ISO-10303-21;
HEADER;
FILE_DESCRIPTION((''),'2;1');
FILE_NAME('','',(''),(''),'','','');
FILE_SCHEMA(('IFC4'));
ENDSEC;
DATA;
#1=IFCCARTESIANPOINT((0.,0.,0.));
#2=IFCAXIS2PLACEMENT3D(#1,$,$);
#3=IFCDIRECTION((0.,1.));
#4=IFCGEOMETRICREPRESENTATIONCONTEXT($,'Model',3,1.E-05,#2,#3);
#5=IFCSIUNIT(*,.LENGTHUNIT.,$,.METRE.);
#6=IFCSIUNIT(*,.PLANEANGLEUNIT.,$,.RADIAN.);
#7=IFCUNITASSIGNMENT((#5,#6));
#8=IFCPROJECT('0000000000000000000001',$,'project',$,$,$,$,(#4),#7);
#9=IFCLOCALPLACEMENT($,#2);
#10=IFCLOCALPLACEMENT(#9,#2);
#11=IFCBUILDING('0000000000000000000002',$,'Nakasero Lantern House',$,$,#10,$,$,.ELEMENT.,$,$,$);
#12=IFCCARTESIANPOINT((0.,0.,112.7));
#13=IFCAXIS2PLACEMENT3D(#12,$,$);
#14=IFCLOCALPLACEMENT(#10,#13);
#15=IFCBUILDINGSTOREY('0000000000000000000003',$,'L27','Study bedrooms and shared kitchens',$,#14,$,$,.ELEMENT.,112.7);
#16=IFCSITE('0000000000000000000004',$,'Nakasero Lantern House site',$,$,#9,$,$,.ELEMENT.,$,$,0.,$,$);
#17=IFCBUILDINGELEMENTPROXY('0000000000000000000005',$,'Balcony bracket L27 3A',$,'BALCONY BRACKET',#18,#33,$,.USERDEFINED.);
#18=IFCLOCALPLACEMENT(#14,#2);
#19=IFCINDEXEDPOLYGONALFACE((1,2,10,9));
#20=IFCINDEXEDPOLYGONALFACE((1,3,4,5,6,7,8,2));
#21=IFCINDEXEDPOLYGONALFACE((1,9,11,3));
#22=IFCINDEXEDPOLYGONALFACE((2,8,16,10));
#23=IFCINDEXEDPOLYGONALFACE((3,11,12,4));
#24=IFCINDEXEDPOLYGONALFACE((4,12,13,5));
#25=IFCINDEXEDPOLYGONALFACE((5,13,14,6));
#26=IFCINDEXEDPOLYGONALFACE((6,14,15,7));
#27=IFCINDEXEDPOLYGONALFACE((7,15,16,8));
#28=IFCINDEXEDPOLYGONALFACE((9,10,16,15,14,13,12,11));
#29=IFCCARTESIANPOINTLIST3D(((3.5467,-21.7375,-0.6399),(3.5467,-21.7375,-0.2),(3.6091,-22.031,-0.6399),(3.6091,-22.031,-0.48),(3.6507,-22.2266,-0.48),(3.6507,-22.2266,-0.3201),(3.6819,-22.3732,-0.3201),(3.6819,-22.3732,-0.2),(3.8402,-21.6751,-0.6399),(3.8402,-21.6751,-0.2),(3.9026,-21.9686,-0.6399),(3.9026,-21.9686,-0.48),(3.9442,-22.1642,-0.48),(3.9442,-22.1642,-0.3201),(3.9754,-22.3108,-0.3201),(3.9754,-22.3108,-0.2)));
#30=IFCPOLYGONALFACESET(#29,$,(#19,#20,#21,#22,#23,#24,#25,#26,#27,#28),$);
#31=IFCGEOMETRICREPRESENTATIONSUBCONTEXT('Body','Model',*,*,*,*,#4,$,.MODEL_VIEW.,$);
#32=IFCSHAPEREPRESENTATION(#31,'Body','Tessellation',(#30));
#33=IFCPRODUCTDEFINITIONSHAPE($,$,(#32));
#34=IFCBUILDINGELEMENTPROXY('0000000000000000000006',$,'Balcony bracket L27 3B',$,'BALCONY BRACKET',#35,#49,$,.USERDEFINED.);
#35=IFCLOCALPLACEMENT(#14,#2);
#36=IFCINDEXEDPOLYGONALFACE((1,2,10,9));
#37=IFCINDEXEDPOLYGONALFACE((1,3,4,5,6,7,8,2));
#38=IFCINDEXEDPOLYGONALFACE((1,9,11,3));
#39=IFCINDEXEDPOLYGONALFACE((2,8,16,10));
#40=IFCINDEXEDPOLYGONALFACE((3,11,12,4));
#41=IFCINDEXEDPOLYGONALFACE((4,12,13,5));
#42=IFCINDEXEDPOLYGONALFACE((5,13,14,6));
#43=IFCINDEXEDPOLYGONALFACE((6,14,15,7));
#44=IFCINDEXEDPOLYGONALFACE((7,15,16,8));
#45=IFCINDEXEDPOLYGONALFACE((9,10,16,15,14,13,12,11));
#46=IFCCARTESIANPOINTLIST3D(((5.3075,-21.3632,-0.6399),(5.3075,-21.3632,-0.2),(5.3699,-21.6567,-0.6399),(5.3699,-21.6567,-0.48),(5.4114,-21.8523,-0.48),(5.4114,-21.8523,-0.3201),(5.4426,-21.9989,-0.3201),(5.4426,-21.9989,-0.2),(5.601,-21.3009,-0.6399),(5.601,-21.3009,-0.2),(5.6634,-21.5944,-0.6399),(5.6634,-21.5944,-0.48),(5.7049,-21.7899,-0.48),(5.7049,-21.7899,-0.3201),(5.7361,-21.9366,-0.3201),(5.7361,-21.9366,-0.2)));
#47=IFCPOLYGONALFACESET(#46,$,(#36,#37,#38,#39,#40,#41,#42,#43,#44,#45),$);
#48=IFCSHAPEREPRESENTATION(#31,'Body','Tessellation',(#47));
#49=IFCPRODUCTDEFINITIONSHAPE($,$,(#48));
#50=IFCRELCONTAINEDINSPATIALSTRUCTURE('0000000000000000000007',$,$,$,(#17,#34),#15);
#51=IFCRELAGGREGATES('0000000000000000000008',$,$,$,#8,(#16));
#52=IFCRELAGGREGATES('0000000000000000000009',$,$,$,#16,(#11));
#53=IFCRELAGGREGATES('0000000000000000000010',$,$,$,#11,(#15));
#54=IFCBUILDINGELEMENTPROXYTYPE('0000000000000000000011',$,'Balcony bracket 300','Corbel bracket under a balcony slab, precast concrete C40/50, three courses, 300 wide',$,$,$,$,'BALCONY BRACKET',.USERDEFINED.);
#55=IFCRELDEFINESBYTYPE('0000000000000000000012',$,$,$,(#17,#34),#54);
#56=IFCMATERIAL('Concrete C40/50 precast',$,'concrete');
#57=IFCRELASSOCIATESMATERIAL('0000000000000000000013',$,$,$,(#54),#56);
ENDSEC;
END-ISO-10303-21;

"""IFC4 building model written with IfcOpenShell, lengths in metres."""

from ifc_helpers import new_model, si_unit, direction, frame, origin, place, context, subcontext, project, spatial, polyline, outline, extrude, material, type_object, element, save


model = new_model("IFC4")

# Units and contexts
model_context = context("Model", 3, precision=1e-05, world=origin(), true_north=direction((0.0, 1.0)))
body_context = subcontext(model_context, "Body", "Model", "MODEL_VIEW")
ifc_project = project(units=[si_unit("LENGTHUNIT", "METRE"), si_unit("PLANEANGLEUNIT", "RADIAN")], contexts=[model_context])

# Site, building, storey
site_placement = place(None, origin())
site = spatial("IfcSite", under=ifc_project, at=site_placement, Name="Nakasero Lantern House site", CompositionType="ELEMENT", RefElevation=0.0)
building_placement = place(site_placement, origin())
building = spatial("IfcBuilding", under=site, at=building_placement, Name="Nakasero Lantern House", CompositionType="ELEMENT")
storey_placement = place(building_placement, frame((0.0, 0.0, 112.7)))
storey = spatial("IfcBuildingStorey", under=building, at=storey_placement, Name="L27", Description="Study bedrooms and shared kitchens", CompositionType="ELEMENT", Elevation=112.7)

# Building element proxies
ifc_material_1 = material(Name="Concrete C40/50 precast", Category="concrete")
building_element_proxy_type = type_object("IfcBuildingElementProxyType", Name="Balcony bracket 300", Description="Corbel bracket under a balcony slab, precast concrete C40/50, three courses, 300 wide", ElementType="BALCONY BRACKET", PredefinedType="USERDEFINED", material=ifc_material_1)
for number, where, z_axis, x_axis, name in (
    (1, (3.6936, -21.7063, -0.2), (0.0, 0.0, 1.0), (0.207912, -0.978148, 0.0), "Balcony bracket L27 3A"),
    (2, (5.4543, -21.332, -0.2), (0.0, 0.0, 1.0), (0.207912, -0.978148, 0.0), "Balcony bracket L27 3B"),
):
    element("IfcBuildingElementProxy", number, at=place(storey_placement, frame(where, z_axis=z_axis, x_axis=x_axis)), inside=storey, type_object=building_element_proxy_type, Name=name, ObjectType="BALCONY BRACKET", PredefinedType="USERDEFINED", context=body_context, shape_type="SweptSolid", body=[
        extrude(outline(polyline([(0.0, 0.0), (0.6499, 0.0), (0.6499, -0.1201), (0.5, -0.1201), (0.5, -0.28), (0.3, -0.28), (0.3, -0.4399), (0.0, -0.4399), (0.0, 0.0)])), frame((0.0, 0.1499, 0.0), z_axis=(0.0, -1.0, 0.0), x_axis=(1.0, 0.0, 0.0)), (0.0, 0.0, 1.0), 0.3),
    ])

save(model, "model.ifc")
